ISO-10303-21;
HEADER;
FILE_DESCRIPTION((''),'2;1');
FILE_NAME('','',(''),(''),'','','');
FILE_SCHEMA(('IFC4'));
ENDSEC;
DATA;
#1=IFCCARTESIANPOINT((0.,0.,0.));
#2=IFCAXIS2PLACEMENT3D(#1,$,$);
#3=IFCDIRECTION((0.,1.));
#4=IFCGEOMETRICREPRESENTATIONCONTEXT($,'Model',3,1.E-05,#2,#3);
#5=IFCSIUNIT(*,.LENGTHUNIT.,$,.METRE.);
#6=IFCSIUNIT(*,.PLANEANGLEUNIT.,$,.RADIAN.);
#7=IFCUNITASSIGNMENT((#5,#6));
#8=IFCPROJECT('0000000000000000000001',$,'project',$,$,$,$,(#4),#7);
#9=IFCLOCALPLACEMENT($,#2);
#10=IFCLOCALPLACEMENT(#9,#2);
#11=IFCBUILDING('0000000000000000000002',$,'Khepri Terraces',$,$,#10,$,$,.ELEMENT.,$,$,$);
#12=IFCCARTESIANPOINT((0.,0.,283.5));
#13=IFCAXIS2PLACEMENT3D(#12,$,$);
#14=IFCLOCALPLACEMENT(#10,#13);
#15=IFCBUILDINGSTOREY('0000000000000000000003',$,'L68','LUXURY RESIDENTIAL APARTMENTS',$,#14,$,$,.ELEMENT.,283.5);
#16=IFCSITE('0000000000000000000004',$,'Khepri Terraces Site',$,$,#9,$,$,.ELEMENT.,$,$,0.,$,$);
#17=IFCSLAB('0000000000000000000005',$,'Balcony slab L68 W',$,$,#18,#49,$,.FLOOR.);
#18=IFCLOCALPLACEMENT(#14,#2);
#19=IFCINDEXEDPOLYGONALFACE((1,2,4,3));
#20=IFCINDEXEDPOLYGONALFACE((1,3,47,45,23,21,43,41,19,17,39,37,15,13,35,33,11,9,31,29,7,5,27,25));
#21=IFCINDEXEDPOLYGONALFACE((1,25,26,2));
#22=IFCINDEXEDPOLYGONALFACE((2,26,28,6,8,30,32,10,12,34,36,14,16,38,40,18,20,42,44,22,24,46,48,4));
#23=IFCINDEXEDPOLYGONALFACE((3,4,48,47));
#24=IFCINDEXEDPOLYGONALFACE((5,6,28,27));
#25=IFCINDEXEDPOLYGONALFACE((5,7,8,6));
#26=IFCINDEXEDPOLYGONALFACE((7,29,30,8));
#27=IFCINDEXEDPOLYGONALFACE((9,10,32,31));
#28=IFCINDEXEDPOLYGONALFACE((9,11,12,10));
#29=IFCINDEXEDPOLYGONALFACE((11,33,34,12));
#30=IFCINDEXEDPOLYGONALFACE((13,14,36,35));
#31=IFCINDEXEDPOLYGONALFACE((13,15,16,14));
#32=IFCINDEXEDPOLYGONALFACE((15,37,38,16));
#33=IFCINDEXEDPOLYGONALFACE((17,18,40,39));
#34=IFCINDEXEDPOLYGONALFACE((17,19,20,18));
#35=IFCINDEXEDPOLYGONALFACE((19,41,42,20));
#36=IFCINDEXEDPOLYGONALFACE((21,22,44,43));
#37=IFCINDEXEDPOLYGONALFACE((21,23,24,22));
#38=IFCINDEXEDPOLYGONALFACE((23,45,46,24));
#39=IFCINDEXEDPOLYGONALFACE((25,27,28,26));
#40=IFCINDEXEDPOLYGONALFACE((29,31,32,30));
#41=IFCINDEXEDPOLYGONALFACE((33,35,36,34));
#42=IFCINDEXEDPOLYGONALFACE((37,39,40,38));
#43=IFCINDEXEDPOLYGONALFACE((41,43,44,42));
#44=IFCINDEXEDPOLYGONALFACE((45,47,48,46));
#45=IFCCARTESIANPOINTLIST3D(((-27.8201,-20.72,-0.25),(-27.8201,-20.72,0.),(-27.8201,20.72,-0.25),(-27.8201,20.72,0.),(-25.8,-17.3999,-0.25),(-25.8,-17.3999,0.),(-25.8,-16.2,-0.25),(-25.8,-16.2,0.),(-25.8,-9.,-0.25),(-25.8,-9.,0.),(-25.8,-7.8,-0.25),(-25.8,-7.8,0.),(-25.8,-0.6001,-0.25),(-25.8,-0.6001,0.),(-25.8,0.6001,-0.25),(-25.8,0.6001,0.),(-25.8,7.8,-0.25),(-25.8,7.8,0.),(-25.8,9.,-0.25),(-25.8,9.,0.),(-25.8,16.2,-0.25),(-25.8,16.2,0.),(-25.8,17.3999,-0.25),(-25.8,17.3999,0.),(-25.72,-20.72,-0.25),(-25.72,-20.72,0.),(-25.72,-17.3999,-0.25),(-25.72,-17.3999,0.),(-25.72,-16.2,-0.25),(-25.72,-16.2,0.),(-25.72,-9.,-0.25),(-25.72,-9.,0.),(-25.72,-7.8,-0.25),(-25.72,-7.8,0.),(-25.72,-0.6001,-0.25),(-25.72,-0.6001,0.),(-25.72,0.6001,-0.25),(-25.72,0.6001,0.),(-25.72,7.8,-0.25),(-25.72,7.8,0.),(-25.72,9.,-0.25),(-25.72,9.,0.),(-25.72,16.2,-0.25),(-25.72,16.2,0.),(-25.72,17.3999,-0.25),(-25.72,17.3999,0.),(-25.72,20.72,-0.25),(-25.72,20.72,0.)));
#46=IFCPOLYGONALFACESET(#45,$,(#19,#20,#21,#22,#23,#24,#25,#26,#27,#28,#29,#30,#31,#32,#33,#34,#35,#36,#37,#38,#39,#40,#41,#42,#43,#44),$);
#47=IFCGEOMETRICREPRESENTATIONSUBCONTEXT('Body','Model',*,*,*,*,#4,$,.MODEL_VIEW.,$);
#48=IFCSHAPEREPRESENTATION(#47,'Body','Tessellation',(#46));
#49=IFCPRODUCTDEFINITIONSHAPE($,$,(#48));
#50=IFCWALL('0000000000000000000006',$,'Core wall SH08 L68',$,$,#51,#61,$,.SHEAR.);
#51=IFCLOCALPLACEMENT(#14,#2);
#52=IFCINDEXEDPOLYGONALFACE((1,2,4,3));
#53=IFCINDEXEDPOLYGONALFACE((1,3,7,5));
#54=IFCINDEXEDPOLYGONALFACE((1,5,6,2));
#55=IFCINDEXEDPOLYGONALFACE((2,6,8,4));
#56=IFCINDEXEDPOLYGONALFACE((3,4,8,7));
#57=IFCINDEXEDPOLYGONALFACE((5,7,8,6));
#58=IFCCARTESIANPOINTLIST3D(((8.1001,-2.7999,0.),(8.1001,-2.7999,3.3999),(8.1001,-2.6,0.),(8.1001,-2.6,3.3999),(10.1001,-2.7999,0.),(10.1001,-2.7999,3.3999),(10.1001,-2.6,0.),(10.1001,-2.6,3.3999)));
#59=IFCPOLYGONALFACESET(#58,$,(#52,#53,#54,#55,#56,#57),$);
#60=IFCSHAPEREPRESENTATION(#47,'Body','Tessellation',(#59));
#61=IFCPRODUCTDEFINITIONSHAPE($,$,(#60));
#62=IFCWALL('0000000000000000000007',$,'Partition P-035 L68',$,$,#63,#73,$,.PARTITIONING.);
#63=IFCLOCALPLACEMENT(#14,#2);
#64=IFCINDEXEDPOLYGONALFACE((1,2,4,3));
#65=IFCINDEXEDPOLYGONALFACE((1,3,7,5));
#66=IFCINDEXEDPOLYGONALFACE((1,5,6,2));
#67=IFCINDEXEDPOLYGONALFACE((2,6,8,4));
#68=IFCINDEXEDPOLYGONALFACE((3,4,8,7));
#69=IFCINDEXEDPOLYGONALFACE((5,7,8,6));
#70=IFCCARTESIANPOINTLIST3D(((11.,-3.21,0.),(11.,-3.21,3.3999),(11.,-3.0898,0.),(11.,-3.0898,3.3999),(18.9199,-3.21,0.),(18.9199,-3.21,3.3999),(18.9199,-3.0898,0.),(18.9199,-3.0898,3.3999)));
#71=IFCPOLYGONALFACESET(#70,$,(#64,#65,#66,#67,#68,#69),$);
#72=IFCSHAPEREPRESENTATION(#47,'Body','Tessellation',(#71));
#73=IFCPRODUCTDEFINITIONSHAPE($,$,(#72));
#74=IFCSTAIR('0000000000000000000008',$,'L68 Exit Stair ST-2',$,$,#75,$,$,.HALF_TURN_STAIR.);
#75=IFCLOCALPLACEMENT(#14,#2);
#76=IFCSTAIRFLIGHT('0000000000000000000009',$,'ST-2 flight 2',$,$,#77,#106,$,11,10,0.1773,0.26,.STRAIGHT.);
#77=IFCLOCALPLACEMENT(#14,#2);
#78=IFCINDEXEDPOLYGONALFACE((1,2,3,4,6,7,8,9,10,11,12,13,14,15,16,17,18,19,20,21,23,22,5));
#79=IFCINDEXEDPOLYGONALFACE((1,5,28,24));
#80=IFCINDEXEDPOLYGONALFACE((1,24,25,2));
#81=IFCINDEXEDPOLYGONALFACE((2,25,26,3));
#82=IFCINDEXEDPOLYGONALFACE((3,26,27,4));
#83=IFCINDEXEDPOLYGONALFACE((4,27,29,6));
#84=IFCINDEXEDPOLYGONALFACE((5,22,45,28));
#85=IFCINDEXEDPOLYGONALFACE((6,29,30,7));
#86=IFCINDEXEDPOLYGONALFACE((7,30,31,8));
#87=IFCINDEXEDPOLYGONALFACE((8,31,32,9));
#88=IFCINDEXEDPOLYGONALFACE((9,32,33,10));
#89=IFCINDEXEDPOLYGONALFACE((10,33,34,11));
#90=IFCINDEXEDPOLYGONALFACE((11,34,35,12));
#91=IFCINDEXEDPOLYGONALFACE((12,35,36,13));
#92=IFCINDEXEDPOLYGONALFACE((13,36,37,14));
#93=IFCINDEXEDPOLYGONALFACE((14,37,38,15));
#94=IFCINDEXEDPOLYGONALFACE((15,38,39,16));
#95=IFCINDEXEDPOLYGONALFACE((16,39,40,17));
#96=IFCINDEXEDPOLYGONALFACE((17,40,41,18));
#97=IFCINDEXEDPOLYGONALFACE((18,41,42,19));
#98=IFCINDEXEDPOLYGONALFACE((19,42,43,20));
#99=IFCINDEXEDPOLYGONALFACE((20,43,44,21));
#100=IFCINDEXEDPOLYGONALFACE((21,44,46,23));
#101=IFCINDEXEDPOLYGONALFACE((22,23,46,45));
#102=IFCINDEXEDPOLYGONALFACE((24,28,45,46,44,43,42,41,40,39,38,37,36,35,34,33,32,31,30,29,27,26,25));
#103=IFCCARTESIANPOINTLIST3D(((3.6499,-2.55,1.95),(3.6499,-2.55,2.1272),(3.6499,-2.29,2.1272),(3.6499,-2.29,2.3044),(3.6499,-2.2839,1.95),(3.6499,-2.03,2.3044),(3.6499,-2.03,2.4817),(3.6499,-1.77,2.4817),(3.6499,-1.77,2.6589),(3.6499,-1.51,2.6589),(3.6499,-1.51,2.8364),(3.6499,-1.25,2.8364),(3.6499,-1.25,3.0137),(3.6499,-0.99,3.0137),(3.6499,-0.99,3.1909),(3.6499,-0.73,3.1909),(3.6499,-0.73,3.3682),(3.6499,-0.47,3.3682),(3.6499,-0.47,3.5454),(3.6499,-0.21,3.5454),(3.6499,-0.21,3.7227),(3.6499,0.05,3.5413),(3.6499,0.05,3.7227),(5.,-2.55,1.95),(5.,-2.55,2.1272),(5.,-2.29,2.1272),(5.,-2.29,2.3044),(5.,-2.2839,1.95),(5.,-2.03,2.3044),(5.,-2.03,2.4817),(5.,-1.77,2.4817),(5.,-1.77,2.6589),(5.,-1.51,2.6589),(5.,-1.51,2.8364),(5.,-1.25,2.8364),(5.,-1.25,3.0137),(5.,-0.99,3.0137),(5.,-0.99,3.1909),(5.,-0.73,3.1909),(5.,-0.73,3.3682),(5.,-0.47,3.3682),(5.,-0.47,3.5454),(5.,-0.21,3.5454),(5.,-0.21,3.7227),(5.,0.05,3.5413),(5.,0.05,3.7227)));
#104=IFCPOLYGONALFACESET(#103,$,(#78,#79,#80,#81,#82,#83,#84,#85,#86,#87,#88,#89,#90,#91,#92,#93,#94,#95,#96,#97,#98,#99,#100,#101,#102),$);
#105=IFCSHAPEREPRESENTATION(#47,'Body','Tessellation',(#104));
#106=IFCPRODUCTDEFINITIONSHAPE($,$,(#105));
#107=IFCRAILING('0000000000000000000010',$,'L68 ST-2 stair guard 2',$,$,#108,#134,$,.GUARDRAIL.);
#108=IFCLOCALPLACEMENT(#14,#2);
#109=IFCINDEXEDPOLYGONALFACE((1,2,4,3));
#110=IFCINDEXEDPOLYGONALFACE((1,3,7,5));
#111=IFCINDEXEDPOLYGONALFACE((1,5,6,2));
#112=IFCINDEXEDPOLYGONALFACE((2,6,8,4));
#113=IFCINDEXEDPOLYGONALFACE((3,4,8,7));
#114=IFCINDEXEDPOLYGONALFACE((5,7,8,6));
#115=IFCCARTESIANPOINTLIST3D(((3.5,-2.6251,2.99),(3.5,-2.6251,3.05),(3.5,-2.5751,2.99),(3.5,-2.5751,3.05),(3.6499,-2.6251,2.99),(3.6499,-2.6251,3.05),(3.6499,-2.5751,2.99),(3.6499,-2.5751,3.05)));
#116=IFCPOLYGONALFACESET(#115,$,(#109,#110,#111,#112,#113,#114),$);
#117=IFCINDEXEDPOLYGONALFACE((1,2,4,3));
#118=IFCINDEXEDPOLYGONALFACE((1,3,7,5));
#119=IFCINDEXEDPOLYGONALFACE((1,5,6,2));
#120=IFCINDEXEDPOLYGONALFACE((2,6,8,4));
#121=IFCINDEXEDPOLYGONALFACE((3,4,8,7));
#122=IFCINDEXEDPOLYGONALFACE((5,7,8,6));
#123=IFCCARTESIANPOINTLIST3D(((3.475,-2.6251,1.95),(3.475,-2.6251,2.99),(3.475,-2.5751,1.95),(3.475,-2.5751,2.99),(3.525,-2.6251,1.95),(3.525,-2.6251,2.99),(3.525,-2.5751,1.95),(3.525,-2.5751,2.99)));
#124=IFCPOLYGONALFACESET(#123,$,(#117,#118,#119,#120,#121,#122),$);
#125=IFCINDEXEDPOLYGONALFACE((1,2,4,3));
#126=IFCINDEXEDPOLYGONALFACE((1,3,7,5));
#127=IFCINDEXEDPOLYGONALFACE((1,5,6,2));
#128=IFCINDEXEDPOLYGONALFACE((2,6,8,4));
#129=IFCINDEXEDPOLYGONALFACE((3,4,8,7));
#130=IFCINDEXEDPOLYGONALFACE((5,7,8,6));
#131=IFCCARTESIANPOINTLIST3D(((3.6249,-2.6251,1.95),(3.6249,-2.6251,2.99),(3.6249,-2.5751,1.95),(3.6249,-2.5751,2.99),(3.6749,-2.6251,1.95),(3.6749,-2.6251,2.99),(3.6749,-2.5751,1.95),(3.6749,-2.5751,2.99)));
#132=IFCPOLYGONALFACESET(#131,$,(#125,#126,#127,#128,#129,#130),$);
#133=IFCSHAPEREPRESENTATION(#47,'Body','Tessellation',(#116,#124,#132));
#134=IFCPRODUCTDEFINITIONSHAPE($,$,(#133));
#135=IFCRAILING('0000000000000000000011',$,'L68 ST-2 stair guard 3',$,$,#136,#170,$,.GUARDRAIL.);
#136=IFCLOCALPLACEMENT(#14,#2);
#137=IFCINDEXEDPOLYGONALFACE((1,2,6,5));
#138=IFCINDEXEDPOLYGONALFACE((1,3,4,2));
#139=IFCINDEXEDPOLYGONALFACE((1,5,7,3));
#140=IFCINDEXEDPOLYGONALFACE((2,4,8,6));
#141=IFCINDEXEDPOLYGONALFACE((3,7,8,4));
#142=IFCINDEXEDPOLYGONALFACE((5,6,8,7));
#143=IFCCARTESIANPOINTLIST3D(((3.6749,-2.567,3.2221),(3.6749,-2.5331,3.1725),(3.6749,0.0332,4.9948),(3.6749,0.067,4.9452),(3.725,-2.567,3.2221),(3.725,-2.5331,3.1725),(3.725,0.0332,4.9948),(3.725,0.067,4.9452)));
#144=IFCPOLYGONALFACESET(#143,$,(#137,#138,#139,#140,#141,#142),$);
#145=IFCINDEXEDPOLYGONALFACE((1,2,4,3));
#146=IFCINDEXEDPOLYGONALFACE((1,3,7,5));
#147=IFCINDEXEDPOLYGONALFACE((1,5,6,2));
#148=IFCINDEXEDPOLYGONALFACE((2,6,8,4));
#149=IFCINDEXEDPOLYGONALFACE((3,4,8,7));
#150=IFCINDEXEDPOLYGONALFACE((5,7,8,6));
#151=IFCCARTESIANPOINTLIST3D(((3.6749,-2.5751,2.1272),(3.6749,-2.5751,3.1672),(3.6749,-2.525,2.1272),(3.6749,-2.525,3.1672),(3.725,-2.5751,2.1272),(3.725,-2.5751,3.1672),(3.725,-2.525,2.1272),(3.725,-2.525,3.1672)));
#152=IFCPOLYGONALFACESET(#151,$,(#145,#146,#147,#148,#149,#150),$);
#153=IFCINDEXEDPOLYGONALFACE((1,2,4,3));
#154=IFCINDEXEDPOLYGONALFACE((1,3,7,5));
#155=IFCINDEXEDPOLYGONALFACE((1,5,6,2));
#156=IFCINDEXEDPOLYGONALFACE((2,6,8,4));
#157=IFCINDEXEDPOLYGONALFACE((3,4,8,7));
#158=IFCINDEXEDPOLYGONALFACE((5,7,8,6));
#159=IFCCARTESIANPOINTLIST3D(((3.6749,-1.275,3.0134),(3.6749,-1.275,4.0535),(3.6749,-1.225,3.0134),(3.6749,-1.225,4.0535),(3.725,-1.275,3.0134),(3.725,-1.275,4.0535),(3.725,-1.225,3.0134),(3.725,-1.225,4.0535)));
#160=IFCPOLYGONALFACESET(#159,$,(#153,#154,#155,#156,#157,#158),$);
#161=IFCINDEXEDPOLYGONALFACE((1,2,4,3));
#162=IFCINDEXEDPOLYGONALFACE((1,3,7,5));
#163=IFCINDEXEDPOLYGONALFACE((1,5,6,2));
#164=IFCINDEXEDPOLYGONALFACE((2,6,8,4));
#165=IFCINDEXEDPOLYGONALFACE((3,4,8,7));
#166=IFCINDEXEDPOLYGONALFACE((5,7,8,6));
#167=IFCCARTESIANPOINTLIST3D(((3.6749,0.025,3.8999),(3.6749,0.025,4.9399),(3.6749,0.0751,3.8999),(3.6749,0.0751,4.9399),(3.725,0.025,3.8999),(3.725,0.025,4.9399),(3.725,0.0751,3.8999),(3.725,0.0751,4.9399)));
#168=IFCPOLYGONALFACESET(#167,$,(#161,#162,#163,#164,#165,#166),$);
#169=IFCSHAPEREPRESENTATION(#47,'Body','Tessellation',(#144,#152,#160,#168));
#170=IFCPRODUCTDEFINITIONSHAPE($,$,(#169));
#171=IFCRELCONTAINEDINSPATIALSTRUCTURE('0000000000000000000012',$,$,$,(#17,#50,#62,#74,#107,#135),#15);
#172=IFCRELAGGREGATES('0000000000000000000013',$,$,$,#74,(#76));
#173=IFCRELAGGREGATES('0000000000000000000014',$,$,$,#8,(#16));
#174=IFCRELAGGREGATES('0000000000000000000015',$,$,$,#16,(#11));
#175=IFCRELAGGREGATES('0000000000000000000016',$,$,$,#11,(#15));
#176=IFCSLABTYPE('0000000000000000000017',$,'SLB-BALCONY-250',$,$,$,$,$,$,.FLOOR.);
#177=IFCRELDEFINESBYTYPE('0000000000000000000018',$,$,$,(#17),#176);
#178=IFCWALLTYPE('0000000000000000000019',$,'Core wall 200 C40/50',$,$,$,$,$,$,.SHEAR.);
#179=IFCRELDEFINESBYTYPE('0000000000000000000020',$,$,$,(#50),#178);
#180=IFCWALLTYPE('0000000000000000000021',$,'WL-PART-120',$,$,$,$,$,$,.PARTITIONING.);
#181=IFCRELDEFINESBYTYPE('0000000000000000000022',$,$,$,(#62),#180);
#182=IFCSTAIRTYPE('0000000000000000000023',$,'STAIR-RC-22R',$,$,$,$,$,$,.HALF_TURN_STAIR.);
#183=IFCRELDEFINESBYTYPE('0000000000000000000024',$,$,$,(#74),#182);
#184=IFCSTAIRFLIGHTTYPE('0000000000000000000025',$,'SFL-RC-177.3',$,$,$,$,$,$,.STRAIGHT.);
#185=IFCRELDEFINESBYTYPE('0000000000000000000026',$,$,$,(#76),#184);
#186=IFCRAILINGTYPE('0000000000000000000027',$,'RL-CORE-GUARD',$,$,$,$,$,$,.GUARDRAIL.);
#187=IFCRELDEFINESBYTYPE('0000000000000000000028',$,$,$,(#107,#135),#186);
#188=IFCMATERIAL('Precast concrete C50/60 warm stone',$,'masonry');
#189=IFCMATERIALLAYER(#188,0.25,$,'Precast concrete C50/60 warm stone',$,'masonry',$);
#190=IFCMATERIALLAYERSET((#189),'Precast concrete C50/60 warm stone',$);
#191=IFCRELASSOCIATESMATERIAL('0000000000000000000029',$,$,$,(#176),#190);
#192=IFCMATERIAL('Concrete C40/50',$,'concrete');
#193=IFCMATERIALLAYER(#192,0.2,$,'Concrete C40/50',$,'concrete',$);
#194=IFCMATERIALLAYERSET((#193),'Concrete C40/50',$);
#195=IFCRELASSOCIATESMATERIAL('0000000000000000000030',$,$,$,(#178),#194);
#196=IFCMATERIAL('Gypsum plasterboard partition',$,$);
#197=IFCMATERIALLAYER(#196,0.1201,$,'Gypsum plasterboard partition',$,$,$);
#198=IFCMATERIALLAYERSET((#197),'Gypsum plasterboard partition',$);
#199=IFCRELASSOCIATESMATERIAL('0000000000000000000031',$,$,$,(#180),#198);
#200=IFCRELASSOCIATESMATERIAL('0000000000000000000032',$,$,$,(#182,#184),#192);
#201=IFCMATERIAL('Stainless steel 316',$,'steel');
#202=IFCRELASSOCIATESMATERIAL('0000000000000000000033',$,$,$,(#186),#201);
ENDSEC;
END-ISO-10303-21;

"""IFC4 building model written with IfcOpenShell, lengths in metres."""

from ifc_helpers import new_model, si_unit, direction, frame, frame_2d, origin, origin_2d, place, context, subcontext, project, spatial, polyline, rectangle, outline, extrude, material, layer, layer_set, type_object, element, aggregate, save


model = new_model("IFC4")

# Units and contexts
model_context = context("Model", 3, precision=1e-05, world=origin(), true_north=direction((0.0, 1.0)))
body_context = subcontext(model_context, "Body", "Model", "MODEL_VIEW")
ifc_project = project(units=[si_unit("LENGTHUNIT", "METRE"), si_unit("PLANEANGLEUNIT", "RADIAN")], contexts=[model_context])

# Site, building, storey
site_placement = place(None, origin())
site = spatial("IfcSite", under=ifc_project, at=site_placement, Name="Khepri Terraces Site", CompositionType="ELEMENT", RefElevation=0.0)
building_placement = place(site_placement, origin())
building = spatial("IfcBuilding", under=site, at=building_placement, Name="Khepri Terraces", CompositionType="ELEMENT")
storey_placement = place(building_placement, frame((0.0, 0.0, 283.5)))
storey = spatial("IfcBuildingStorey", under=building, at=storey_placement, Name="L68", Description="LUXURY RESIDENTIAL APARTMENTS", CompositionType="ELEMENT", Elevation=283.5)

# Slab
ifc_material_1 = material(Name="Concrete C40/50", Category="concrete")
ifc_material_2 = material(Name="Precast concrete C50/60 warm stone", Category="masonry")
ifc_layer_1 = layer(ifc_material_2, 0.25, Name="Precast concrete C50/60 warm stone", Category="masonry")
ifc_layer_set_1 = layer_set([ifc_layer_1], Name="Precast concrete C50/60 warm stone")
slab_type_1 = type_object("IfcSlabType", Name="SLB-BALCONY-250", PredefinedType="FLOOR", material=ifc_layer_set_1)
slab_1_placement = place(storey_placement, frame((0.0, 0.0, -0.25)))
element("IfcSlab", 1, at=slab_1_placement, inside=storey, type_object=slab_type_1, Name="Balcony slab L68 W", PredefinedType="FLOOR", context=body_context, shape_type="SweptSolid", body=[
    extrude(outline(polyline([(-25.72, 17.3999), (-25.72, 20.72), (-27.8201, 20.72), (-27.8201, -20.72), (-25.72, -20.72), (-25.72, -17.3999), (-25.8, -17.3999), (-25.8, -16.2), (-25.72, -16.2), (-25.72, -9.0), (-25.8, -9.0), (-25.8, -7.8), (-25.72, -7.8), (-25.72, -0.6001), (-25.8, -0.6001), (-25.8, 0.6001), (-25.72, 0.6001), (-25.72, 7.8), (-25.8, 7.8), (-25.8, 9.0), (-25.72, 9.0), (-25.72, 16.2), (-25.8, 16.2), (-25.8, 17.3999), (-25.72, 17.3999)])), origin(), (0.0, 0.0, 1.0), 0.25),
])

# Walls
ifc_layer_2 = layer(ifc_material_1, 0.2, Name="Concrete C40/50", Category="concrete")
ifc_layer_set_2 = layer_set([ifc_layer_2], Name="Concrete C40/50")
wall_type_1 = type_object("IfcWallType", Name="Core wall 200 C40/50", PredefinedType="SHEAR", material=ifc_layer_set_2)
wall_1_placement = place(storey_placement, frame((8.1001, -2.7, 0.0), z_axis=(0.0, 0.0, 1.0), x_axis=(1.0, 0.0, 0.0)))
element("IfcWall", 2, at=wall_1_placement, inside=storey, type_object=wall_type_1, Name="Core wall SH08 L68", PredefinedType="SHEAR", context=body_context, shape_type="SweptSolid", body=[
    extrude(rectangle(XDim=2.0, YDim=0.2, at=frame_2d((1.0, 0.0))), origin(), (0.0, 0.0, 1.0), 3.3999),
])
ifc_material_3 = material(Name="Gypsum plasterboard partition")
ifc_layer_3 = layer(ifc_material_3, 0.1201, Name="Gypsum plasterboard partition")
ifc_layer_set_3 = layer_set([ifc_layer_3], Name="Gypsum plasterboard partition")
wall_type_2 = type_object("IfcWallType", Name="WL-PART-120", PredefinedType="PARTITIONING", material=ifc_layer_set_3)
wall_2_placement = place(storey_placement, frame((11.0, -3.1499, 0.0), z_axis=(0.0, 0.0, 1.0), x_axis=(1.0, 0.0, 0.0)))
element("IfcWall", 3, at=wall_2_placement, inside=storey, type_object=wall_type_2, Name="Partition P-035 L68", PredefinedType="PARTITIONING", context=body_context, shape_type="SweptSolid", body=[
    extrude(rectangle(XDim=7.9199, YDim=0.1201, at=frame_2d((3.96, 0.0))), origin(), (0.0, 0.0, 1.0), 3.3999),
])

# Stair, stair flight
stair_type = type_object("IfcStairType", Name="STAIR-RC-22R", PredefinedType="HALF_TURN_STAIR", material=ifc_material_1)
stair_placement = place(storey_placement, origin())
stair = element("IfcStair", 4, at=stair_placement, inside=storey, type_object=stair_type, Name="L68 Exit Stair ST-2", PredefinedType="HALF_TURN_STAIR")
stair_flight_type = type_object("IfcStairFlightType", Name="SFL-RC-177.3", PredefinedType="STRAIGHT", material=ifc_material_1)
stair_flight_placement = place(storey_placement, frame((4.325, -2.55, 1.95), z_axis=(0.0, 0.0, 1.0), x_axis=(0.0, 1.0, 0.0)))
stair_flight = element("IfcStairFlight", 5, at=stair_flight_placement, type_object=stair_flight_type, Name="ST-2 flight 2", NumberOfRisers=11, NumberOfTreads=10, PredefinedType="STRAIGHT", RiserHeight=0.1773, TreadLength=0.26, context=body_context, shape_type="SweptSolid", body=[
    extrude(outline(polyline([(0.0, 0.0), (0.0, 0.1772), (0.26, 0.1772), (0.26, 0.3545), (0.52, 0.3545), (0.52, 0.5317), (0.78, 0.5317), (0.78, 0.709), (1.04, 0.709), (1.04, 0.8865), (1.3, 0.8865), (1.3, 1.0637), (1.5601, 1.0637), (1.5601, 1.241), (1.8201, 1.241), (1.8201, 1.4182), (2.0801, 1.4182), (2.0801, 1.5955), (2.3401, 1.5955), (2.3401, 1.7727), (2.6001, 1.7727), (2.6001, 1.95), (2.6001, 1.5913), (0.2661, 0.0), (0.0, 0.0)])), frame((0.0, 0.675, 0.0), z_axis=(0.0, -1.0, 0.0), x_axis=(1.0, 0.0, 0.0)), (0.0, 0.0, 1.0), 1.3501),
])
aggregate(stair, [stair_flight])

# Railings
ifc_material_4 = material(Name="Stainless steel 316", Category="steel")
railing_type_1 = type_object("IfcRailingType", Name="RL-CORE-GUARD", PredefinedType="GUARDRAIL", material=ifc_material_4)
railing_1_placement = place(storey_placement, frame((3.5, -2.6001, 1.95)))
element("IfcRailing", 6, at=railing_1_placement, inside=storey, type_object=railing_type_1, Name="L68 ST-2 stair guard 2", PredefinedType="GUARDRAIL", context=body_context, shape_type="SweptSolid", body=[
    extrude(rectangle(XDim=0.05, YDim=0.0601, at=origin_2d()), frame((0.0, 0.0, 1.0701), z_axis=(1.0, 0.0, 0.0), x_axis=(0.0, 1.0, 0.0)), (0.0, 0.0, 1.0), 0.1499),
    extrude(rectangle(XDim=0.05, YDim=0.05, at=origin_2d()), origin(), (0.0, 0.0, 1.0), 1.04),
    extrude(rectangle(XDim=0.05, YDim=0.05, at=origin_2d()), frame((0.1499, 0.0, 0.0)), (0.0, 0.0, 1.0), 1.04),
])
railing_2_placement = place(storey_placement, frame((3.7, -2.55, 2.1272)))
element("IfcRailing", 7, at=railing_2_placement, inside=storey, type_object=railing_type_1, Name="L68 ST-2 stair guard 3", PredefinedType="GUARDRAIL", context=body_context, shape_type="SweptSolid", body=[
    extrude(rectangle(XDim=0.05, YDim=0.0601, at=origin_2d()), frame((0.0, 0.0, 1.0701), z_axis=(0.0, 0.82624, 0.563318), x_axis=(-1.0, 0.0, 0.0)), (0.0, 0.0, 1.0), 3.147),
    extrude(rectangle(XDim=0.05, YDim=0.05, at=origin_2d()), origin(), (0.0, 0.0, 1.0), 1.04),
    extrude(rectangle(XDim=0.05, YDim=0.05, at=origin_2d()), frame((0.0, 1.3, 0.8862)), (0.0, 0.0, 1.0), 1.04),
    extrude(rectangle(XDim=0.05, YDim=0.05, at=origin_2d()), frame((0.0, 2.6001, 1.7727)), (0.0, 0.0, 1.0), 1.04),
])

save(model, "model.ifc")
